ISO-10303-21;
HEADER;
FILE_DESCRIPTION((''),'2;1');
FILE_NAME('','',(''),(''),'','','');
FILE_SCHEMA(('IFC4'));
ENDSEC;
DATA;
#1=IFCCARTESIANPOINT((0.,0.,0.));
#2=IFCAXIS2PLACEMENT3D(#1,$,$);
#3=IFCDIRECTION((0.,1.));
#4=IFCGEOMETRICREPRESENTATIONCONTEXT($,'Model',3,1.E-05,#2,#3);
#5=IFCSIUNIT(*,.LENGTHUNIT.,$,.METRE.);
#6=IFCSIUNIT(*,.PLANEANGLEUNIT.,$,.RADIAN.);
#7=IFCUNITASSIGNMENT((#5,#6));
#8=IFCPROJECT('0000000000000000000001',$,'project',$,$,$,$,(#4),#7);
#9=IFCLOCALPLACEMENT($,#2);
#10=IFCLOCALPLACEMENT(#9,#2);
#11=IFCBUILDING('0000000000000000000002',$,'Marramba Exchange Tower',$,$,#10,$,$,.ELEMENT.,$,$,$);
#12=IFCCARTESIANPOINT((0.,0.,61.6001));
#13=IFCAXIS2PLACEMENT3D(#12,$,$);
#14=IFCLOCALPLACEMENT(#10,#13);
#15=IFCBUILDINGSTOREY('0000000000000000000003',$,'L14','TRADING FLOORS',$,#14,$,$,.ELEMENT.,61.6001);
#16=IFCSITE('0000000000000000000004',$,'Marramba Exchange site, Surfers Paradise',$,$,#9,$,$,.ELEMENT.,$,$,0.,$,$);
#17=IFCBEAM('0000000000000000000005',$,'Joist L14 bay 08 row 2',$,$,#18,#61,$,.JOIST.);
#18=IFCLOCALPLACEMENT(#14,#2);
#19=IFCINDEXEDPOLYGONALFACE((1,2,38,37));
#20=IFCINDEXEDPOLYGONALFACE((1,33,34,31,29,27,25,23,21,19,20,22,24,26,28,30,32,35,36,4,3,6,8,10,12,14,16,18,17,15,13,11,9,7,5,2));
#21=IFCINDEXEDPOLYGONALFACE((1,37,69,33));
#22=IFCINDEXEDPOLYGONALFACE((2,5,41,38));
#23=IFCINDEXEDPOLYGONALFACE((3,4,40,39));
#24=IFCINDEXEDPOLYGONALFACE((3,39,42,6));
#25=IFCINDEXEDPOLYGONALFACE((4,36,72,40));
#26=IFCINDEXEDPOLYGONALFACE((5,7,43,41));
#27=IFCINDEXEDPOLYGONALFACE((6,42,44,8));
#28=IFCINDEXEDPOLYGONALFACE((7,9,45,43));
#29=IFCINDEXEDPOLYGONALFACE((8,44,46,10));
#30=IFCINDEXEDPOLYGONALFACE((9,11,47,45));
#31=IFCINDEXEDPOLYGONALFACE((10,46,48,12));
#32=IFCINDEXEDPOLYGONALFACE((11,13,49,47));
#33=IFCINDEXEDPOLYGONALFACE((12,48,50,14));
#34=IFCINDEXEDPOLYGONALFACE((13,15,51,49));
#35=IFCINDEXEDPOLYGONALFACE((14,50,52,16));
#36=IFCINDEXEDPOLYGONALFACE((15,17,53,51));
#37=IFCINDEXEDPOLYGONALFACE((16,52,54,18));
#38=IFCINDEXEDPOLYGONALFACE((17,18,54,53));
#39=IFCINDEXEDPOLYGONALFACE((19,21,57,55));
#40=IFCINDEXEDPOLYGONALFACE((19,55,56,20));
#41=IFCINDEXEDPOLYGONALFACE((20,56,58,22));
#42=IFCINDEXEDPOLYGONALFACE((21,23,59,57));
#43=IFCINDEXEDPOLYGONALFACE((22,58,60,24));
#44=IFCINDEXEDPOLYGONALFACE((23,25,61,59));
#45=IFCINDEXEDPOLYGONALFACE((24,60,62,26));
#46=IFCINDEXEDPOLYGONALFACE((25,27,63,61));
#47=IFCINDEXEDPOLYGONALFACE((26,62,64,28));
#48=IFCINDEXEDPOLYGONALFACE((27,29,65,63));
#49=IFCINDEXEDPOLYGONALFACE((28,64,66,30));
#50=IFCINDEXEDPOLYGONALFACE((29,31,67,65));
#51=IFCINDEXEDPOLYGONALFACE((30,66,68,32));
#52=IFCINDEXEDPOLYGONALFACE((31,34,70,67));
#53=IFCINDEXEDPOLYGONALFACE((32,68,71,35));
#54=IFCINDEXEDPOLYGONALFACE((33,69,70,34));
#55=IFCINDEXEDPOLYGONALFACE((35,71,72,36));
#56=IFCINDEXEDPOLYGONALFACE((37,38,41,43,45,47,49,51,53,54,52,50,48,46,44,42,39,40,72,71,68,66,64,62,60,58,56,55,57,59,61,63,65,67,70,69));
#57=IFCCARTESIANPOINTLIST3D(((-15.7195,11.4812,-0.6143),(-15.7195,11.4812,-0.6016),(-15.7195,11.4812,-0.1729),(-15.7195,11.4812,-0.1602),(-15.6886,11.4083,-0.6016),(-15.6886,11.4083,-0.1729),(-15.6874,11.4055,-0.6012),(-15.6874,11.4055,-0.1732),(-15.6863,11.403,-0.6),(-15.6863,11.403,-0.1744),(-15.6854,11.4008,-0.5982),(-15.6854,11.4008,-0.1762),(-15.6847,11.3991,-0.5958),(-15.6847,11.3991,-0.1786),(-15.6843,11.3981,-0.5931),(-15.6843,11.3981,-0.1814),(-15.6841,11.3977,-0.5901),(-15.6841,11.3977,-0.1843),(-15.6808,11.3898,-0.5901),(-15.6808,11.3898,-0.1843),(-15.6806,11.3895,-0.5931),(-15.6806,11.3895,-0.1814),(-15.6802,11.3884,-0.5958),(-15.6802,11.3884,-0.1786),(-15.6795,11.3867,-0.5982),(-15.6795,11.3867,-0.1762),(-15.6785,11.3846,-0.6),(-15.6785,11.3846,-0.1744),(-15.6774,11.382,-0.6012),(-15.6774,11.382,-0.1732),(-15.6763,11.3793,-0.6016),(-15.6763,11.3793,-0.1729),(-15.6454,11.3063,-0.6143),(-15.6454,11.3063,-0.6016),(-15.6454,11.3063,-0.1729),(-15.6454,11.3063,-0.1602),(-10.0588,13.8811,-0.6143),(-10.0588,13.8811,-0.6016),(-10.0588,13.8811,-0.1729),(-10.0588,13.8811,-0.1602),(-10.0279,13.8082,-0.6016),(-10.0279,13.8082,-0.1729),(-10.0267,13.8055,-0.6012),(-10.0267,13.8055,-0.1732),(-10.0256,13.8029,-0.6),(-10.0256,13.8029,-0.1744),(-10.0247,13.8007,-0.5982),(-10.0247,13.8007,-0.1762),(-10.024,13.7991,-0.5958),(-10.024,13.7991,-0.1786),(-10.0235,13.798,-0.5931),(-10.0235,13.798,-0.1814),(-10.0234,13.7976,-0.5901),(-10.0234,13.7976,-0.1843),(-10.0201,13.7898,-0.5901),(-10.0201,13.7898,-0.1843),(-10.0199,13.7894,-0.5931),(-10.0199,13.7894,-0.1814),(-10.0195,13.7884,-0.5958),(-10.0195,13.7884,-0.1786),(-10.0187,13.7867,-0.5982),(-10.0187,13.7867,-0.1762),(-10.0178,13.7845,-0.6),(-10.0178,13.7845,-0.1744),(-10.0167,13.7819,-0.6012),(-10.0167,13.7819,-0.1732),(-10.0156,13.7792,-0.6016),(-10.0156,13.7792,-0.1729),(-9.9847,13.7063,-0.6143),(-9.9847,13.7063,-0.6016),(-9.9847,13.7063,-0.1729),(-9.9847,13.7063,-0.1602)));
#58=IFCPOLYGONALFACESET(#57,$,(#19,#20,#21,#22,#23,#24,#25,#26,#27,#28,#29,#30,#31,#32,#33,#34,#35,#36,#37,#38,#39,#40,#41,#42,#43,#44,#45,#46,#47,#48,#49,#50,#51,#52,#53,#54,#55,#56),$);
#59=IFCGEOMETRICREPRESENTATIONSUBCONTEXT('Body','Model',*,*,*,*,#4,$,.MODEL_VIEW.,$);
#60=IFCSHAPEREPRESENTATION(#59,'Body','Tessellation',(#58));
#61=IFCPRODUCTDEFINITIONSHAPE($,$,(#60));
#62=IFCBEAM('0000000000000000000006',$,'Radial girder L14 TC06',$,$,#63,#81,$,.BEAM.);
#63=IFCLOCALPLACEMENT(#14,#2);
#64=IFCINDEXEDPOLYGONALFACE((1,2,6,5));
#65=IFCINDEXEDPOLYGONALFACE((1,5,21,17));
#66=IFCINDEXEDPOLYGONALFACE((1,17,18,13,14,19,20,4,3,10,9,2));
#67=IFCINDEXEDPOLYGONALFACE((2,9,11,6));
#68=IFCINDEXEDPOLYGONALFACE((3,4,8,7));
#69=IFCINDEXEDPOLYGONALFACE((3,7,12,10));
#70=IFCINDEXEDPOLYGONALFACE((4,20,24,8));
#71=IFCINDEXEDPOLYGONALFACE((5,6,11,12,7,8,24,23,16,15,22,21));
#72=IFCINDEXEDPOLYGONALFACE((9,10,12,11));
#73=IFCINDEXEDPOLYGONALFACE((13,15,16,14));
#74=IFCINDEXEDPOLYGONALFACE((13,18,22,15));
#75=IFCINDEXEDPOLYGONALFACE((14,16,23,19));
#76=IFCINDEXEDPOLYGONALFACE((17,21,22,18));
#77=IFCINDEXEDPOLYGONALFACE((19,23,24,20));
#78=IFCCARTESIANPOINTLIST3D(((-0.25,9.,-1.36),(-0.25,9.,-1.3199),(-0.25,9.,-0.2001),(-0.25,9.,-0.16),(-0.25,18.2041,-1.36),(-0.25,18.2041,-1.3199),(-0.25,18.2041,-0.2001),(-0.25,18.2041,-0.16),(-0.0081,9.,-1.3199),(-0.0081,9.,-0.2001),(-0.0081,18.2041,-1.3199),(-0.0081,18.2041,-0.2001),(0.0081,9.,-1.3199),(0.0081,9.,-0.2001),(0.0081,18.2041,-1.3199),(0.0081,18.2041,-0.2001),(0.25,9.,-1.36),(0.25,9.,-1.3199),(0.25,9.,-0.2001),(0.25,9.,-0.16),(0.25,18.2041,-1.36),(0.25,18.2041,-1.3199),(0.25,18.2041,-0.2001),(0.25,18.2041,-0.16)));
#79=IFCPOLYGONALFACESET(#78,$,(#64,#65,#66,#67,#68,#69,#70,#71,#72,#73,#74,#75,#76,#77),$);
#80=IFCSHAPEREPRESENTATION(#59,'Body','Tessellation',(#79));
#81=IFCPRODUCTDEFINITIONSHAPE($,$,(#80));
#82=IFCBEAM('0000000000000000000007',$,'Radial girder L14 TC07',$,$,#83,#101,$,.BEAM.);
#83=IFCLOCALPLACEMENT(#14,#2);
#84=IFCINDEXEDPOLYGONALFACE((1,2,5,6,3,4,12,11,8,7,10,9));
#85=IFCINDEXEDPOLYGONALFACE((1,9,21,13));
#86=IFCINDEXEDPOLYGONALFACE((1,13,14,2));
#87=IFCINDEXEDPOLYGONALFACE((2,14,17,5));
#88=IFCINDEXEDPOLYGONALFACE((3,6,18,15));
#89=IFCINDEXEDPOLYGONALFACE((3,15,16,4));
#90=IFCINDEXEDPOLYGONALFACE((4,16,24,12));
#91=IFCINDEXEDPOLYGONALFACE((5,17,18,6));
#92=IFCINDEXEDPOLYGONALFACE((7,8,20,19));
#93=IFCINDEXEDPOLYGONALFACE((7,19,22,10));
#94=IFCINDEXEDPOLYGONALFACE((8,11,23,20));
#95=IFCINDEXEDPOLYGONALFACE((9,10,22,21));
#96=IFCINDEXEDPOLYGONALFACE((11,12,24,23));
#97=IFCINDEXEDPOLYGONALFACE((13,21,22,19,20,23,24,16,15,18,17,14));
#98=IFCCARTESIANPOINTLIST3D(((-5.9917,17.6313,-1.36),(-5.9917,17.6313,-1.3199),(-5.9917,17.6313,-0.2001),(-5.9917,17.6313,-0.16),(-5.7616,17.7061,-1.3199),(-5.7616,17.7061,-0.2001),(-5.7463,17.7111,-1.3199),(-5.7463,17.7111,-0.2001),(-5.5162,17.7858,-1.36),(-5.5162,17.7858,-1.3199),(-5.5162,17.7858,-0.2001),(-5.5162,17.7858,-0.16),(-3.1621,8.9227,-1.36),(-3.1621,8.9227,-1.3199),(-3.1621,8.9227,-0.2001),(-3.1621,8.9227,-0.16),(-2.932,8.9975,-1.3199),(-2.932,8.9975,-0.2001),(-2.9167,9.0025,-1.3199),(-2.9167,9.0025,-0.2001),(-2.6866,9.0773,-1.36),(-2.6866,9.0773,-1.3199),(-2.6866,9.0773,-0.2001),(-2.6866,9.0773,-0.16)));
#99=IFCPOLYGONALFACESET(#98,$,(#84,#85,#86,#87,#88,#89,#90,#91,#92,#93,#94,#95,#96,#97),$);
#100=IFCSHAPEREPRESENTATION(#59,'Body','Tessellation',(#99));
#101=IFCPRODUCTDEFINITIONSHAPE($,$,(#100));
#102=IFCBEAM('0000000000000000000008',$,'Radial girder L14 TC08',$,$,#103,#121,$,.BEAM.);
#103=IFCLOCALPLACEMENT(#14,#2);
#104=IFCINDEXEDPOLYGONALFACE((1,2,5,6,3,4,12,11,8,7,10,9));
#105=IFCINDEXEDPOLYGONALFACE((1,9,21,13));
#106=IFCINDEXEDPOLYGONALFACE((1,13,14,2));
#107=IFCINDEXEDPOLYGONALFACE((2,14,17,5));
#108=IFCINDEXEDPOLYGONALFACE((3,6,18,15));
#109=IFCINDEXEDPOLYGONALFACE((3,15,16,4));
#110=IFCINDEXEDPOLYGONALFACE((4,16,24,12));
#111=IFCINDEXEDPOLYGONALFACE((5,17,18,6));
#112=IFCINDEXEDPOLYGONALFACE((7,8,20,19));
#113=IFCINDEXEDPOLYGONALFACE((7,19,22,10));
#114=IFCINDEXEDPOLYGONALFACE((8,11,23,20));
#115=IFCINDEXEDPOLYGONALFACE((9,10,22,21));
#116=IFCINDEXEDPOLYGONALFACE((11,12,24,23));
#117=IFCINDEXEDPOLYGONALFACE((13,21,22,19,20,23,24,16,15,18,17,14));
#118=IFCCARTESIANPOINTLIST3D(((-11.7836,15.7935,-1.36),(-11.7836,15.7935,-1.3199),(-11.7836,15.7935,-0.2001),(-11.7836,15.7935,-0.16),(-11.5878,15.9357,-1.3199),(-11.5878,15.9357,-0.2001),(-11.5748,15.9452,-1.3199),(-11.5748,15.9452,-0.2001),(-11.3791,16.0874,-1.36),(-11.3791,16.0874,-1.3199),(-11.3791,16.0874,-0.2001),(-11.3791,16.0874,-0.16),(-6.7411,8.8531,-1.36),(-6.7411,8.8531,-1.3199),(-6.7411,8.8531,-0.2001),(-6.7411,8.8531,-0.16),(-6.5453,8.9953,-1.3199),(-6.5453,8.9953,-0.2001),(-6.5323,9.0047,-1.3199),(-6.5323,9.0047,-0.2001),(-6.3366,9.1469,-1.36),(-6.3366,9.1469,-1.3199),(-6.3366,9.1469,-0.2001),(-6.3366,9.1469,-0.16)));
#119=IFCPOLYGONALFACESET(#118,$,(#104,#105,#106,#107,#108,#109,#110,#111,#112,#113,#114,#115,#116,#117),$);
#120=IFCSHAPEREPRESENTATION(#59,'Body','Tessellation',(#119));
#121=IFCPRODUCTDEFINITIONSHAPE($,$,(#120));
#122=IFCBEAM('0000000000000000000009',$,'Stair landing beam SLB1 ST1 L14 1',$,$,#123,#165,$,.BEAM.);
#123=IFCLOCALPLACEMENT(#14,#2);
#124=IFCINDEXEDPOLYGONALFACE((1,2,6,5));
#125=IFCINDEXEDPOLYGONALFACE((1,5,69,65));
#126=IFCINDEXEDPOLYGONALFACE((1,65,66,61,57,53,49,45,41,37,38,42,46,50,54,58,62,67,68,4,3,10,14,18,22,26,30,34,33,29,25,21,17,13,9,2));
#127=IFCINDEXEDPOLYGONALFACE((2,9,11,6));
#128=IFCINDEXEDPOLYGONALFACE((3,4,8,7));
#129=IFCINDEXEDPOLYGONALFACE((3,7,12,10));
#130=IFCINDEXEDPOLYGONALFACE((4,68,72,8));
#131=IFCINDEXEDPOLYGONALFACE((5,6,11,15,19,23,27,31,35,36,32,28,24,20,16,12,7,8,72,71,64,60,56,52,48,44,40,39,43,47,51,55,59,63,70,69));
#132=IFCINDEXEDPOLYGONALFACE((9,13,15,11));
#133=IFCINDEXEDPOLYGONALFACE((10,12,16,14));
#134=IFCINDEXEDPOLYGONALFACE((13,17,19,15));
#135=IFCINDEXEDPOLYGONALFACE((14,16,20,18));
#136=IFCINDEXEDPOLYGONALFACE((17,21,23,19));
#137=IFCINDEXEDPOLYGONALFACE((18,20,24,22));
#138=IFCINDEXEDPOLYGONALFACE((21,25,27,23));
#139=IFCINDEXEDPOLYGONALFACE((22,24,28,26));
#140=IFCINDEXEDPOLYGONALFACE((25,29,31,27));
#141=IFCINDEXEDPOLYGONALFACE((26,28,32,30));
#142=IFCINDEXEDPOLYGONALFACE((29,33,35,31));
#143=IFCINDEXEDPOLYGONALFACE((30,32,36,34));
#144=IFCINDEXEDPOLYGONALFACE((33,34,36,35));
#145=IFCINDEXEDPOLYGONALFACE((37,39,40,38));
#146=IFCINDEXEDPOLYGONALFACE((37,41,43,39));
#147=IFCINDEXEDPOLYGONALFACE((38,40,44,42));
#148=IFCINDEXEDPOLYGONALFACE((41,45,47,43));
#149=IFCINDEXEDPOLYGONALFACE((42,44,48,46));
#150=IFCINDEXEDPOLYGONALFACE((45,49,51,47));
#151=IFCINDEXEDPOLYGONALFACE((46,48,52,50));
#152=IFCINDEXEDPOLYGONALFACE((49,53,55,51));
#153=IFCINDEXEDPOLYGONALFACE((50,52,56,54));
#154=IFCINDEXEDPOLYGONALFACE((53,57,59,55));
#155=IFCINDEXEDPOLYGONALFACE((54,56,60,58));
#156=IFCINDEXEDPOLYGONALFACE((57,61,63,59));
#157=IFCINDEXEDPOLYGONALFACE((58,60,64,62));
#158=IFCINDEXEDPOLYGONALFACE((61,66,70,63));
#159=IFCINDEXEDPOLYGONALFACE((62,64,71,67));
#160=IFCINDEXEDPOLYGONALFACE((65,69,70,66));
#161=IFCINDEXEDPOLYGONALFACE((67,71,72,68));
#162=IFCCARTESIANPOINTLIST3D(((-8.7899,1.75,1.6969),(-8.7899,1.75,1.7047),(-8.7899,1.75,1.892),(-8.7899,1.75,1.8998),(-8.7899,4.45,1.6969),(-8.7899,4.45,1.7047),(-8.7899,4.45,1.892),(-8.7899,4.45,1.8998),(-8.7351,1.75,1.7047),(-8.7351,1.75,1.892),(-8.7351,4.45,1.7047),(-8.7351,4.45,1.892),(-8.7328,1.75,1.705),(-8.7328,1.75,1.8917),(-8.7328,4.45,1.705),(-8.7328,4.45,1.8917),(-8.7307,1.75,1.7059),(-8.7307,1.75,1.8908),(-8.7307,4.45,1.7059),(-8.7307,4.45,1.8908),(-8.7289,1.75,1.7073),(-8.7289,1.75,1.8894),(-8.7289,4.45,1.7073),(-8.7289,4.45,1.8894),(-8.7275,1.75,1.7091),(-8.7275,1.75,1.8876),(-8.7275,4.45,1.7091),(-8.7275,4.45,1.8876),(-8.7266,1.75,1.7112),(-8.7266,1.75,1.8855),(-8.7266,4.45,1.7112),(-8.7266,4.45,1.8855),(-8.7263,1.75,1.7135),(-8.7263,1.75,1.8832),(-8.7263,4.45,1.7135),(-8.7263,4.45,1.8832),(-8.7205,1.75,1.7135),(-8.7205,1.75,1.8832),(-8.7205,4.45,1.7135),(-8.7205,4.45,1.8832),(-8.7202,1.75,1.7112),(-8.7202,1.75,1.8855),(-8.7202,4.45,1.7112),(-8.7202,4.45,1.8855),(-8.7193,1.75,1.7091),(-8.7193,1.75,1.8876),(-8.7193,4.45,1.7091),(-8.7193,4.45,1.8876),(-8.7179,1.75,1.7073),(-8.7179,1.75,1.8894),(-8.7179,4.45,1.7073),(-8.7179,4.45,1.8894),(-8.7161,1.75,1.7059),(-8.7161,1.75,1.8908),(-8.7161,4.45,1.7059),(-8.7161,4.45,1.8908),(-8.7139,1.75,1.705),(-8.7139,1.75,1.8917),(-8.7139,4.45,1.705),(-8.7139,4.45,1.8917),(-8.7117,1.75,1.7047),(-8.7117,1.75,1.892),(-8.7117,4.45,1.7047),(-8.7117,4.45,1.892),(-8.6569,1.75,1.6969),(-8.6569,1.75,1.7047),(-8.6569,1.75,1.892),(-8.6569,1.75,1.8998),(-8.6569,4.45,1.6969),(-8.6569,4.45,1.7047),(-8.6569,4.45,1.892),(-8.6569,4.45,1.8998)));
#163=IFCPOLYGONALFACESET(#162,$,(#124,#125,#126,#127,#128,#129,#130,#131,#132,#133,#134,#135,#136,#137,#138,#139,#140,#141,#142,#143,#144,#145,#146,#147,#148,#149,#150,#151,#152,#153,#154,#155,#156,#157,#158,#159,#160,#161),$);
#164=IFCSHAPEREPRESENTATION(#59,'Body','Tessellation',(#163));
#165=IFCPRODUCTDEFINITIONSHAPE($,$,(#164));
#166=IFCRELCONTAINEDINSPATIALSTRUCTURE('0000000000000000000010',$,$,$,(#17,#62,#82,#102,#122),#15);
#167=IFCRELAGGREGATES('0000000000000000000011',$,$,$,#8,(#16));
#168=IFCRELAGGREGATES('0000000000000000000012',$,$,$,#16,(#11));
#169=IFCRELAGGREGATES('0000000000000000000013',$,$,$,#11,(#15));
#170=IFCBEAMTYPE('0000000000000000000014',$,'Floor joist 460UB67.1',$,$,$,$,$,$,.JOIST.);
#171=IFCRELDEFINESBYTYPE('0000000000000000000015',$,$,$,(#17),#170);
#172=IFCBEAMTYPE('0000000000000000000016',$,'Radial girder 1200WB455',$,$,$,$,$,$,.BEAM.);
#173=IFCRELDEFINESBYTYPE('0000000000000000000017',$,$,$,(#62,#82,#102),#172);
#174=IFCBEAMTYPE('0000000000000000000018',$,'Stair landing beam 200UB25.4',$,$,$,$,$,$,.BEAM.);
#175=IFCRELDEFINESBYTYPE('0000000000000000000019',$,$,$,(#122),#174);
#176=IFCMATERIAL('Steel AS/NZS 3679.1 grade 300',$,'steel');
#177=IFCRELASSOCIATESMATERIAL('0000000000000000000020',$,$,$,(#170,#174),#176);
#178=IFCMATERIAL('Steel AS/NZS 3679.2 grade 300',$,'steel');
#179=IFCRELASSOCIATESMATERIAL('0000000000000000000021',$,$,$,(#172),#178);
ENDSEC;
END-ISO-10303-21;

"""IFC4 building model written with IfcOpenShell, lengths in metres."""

from ifc_helpers import new_model, si_unit, direction, frame, origin, origin_2d, place, context, subcontext, project, spatial, i_section, extrude, material, material_profile, profile_set, type_object, element, save


model = new_model("IFC4")

# Units and contexts
model_context = context("Model", 3, precision=1e-05, world=origin(), true_north=direction((0.0, 1.0)))
body_context = subcontext(model_context, "Body", "Model", "MODEL_VIEW")
ifc_project = project(units=[si_unit("LENGTHUNIT", "METRE"), si_unit("PLANEANGLEUNIT", "RADIAN")], contexts=[model_context])

# Site, building, storey
site_placement = place(None, origin())
site = spatial("IfcSite", under=ifc_project, at=site_placement, Name="Marramba Exchange site, Surfers Paradise", CompositionType="ELEMENT", RefElevation=0.0)
building_placement = place(site_placement, origin())
building = spatial("IfcBuilding", under=site, at=building_placement, Name="Marramba Exchange Tower", CompositionType="ELEMENT")
storey_placement = place(building_placement, frame((0.0, 0.0, 61.6001)))
storey = spatial("IfcBuildingStorey", under=building, at=storey_placement, Name="L14", Description="TRADING FLOORS", CompositionType="ELEMENT", Elevation=61.6001)

# Beams
ifc_material_1 = material(Name="Steel AS/NZS 3679.1 grade 300", Category="steel")
ifc_material_profile_1 = material_profile(ifc_material_1, i_section(OverallWidth=0.1899, OverallDepth=0.4541, WebThickness=0.0085, FlangeThickness=0.0127, FilletRadius=0.0115, at=origin_2d()), Name="460UB67.1")
ifc_profile_set_1 = profile_set([ifc_material_profile_1], Name="Steel AS/NZS 3679.1 grade 300")
beam_type_1 = type_object("IfcBeamType", Name="Floor joist 460UB67.1", PredefinedType="JOIST", material=ifc_profile_set_1)
beam_1_placement = place(storey_placement, frame((-10.0217, 13.7937, -0.3872), z_axis=(-0.920674, -0.390332, 0.0), x_axis=(0.390332, -0.920674, 0.0)))
element("IfcBeam", 1, at=beam_1_placement, inside=storey, type_object=beam_type_1, Name="Joist L14 bay 08 row 2", PredefinedType="JOIST", context=body_context, shape_type="SweptSolid", body=[
    extrude(i_section(OverallWidth=0.1899, OverallDepth=0.4541, WebThickness=0.0085, FlangeThickness=0.0127, FilletRadius=0.0115, at=origin_2d()), origin(), (0.0, 0.0, 1.0), 6.1484),
])
ifc_material_2 = material(Name="Steel AS/NZS 3679.2 grade 300", Category="steel")
ifc_material_profile_2 = material_profile(ifc_material_2, i_section(OverallWidth=0.5, OverallDepth=1.2, WebThickness=0.0161, FlangeThickness=0.04, at=origin_2d()), Name="1200WB455")
ifc_profile_set_2 = profile_set([ifc_material_profile_2], Name="Steel AS/NZS 3679.2 grade 300")
beam_type_2 = type_object("IfcBeamType", Name="Radial girder 1200WB455", PredefinedType="BEAM", material=ifc_profile_set_2)
beam_2_placement = place(storey_placement, frame((0.0, 9.0, -0.76), z_axis=(0.0, 1.0, 0.0), x_axis=(-1.0, 0.0, 0.0)))
element("IfcBeam", 2, at=beam_2_placement, inside=storey, type_object=beam_type_2, Name="Radial girder L14 TC06", PredefinedType="BEAM", context=body_context, shape_type="SweptSolid", body=[
    extrude(i_section(OverallWidth=0.5, OverallDepth=1.2, WebThickness=0.0161, FlangeThickness=0.04, at=origin_2d()), origin(), (0.0, 0.0, 1.0), 9.2041),
])
beam_3_placement = place(storey_placement, frame((-2.9243, 9.0, -0.76), z_axis=(-0.30902, 0.951056, 0.0), x_axis=(-0.951056, -0.30902, 0.0)))
element("IfcBeam", 3, at=beam_3_placement, inside=storey, type_object=beam_type_2, Name="Radial girder L14 TC07", PredefinedType="BEAM", context=body_context, shape_type="SweptSolid", body=[
    extrude(i_section(OverallWidth=0.5, OverallDepth=1.2, WebThickness=0.0161, FlangeThickness=0.04, at=origin_2d()), origin(), (0.0, 0.0, 1.0), 9.1567),
])
beam_4_placement = place(storey_placement, frame((-6.5388, 9.0, -0.76), z_axis=(-0.587782, 0.809019, 0.0), x_axis=(-0.809019, -0.587782, 0.0)))
element("IfcBeam", 4, at=beam_4_placement, inside=storey, type_object=beam_type_2, Name="Radial girder L14 TC08", PredefinedType="BEAM", context=body_context, shape_type="SweptSolid", body=[
    extrude(i_section(OverallWidth=0.5, OverallDepth=1.2, WebThickness=0.0161, FlangeThickness=0.04, at=origin_2d()), origin(), (0.0, 0.0, 1.0), 8.5789),
])
ifc_material_profile_3 = material_profile(ifc_material_1, i_section(OverallWidth=0.1331, OverallDepth=0.2029, WebThickness=0.0059, FlangeThickness=0.0078, FilletRadius=0.0088, at=origin_2d()), Name="200UB25.4")
ifc_profile_set_3 = profile_set([ifc_material_profile_3], Name="Steel AS/NZS 3679.1 grade 300")
beam_type_3 = type_object("IfcBeamType", Name="Stair landing beam 200UB25.4", PredefinedType="BEAM", material=ifc_profile_set_3)
for number, where, z_axis, x_axis, name in (
    (5, (-8.7234, 1.75, 1.7983), (0.0, 1.0, 0.0), (-1.0, 0.0, 0.0), "Stair landing beam SLB1 ST1 L14 1"),
):
    element("IfcBeam", number, at=place(storey_placement, frame(where, z_axis=z_axis, x_axis=x_axis)), inside=storey, type_object=beam_type_3, Name=name, PredefinedType="BEAM", context=body_context, shape_type="SweptSolid", body=[
        extrude(i_section(OverallWidth=0.1331, OverallDepth=0.2029, WebThickness=0.0059, FlangeThickness=0.0078, FilletRadius=0.0088, at=origin_2d()), origin(), (0.0, 0.0, 1.0), 2.7),
    ])

save(model, "model.ifc")
